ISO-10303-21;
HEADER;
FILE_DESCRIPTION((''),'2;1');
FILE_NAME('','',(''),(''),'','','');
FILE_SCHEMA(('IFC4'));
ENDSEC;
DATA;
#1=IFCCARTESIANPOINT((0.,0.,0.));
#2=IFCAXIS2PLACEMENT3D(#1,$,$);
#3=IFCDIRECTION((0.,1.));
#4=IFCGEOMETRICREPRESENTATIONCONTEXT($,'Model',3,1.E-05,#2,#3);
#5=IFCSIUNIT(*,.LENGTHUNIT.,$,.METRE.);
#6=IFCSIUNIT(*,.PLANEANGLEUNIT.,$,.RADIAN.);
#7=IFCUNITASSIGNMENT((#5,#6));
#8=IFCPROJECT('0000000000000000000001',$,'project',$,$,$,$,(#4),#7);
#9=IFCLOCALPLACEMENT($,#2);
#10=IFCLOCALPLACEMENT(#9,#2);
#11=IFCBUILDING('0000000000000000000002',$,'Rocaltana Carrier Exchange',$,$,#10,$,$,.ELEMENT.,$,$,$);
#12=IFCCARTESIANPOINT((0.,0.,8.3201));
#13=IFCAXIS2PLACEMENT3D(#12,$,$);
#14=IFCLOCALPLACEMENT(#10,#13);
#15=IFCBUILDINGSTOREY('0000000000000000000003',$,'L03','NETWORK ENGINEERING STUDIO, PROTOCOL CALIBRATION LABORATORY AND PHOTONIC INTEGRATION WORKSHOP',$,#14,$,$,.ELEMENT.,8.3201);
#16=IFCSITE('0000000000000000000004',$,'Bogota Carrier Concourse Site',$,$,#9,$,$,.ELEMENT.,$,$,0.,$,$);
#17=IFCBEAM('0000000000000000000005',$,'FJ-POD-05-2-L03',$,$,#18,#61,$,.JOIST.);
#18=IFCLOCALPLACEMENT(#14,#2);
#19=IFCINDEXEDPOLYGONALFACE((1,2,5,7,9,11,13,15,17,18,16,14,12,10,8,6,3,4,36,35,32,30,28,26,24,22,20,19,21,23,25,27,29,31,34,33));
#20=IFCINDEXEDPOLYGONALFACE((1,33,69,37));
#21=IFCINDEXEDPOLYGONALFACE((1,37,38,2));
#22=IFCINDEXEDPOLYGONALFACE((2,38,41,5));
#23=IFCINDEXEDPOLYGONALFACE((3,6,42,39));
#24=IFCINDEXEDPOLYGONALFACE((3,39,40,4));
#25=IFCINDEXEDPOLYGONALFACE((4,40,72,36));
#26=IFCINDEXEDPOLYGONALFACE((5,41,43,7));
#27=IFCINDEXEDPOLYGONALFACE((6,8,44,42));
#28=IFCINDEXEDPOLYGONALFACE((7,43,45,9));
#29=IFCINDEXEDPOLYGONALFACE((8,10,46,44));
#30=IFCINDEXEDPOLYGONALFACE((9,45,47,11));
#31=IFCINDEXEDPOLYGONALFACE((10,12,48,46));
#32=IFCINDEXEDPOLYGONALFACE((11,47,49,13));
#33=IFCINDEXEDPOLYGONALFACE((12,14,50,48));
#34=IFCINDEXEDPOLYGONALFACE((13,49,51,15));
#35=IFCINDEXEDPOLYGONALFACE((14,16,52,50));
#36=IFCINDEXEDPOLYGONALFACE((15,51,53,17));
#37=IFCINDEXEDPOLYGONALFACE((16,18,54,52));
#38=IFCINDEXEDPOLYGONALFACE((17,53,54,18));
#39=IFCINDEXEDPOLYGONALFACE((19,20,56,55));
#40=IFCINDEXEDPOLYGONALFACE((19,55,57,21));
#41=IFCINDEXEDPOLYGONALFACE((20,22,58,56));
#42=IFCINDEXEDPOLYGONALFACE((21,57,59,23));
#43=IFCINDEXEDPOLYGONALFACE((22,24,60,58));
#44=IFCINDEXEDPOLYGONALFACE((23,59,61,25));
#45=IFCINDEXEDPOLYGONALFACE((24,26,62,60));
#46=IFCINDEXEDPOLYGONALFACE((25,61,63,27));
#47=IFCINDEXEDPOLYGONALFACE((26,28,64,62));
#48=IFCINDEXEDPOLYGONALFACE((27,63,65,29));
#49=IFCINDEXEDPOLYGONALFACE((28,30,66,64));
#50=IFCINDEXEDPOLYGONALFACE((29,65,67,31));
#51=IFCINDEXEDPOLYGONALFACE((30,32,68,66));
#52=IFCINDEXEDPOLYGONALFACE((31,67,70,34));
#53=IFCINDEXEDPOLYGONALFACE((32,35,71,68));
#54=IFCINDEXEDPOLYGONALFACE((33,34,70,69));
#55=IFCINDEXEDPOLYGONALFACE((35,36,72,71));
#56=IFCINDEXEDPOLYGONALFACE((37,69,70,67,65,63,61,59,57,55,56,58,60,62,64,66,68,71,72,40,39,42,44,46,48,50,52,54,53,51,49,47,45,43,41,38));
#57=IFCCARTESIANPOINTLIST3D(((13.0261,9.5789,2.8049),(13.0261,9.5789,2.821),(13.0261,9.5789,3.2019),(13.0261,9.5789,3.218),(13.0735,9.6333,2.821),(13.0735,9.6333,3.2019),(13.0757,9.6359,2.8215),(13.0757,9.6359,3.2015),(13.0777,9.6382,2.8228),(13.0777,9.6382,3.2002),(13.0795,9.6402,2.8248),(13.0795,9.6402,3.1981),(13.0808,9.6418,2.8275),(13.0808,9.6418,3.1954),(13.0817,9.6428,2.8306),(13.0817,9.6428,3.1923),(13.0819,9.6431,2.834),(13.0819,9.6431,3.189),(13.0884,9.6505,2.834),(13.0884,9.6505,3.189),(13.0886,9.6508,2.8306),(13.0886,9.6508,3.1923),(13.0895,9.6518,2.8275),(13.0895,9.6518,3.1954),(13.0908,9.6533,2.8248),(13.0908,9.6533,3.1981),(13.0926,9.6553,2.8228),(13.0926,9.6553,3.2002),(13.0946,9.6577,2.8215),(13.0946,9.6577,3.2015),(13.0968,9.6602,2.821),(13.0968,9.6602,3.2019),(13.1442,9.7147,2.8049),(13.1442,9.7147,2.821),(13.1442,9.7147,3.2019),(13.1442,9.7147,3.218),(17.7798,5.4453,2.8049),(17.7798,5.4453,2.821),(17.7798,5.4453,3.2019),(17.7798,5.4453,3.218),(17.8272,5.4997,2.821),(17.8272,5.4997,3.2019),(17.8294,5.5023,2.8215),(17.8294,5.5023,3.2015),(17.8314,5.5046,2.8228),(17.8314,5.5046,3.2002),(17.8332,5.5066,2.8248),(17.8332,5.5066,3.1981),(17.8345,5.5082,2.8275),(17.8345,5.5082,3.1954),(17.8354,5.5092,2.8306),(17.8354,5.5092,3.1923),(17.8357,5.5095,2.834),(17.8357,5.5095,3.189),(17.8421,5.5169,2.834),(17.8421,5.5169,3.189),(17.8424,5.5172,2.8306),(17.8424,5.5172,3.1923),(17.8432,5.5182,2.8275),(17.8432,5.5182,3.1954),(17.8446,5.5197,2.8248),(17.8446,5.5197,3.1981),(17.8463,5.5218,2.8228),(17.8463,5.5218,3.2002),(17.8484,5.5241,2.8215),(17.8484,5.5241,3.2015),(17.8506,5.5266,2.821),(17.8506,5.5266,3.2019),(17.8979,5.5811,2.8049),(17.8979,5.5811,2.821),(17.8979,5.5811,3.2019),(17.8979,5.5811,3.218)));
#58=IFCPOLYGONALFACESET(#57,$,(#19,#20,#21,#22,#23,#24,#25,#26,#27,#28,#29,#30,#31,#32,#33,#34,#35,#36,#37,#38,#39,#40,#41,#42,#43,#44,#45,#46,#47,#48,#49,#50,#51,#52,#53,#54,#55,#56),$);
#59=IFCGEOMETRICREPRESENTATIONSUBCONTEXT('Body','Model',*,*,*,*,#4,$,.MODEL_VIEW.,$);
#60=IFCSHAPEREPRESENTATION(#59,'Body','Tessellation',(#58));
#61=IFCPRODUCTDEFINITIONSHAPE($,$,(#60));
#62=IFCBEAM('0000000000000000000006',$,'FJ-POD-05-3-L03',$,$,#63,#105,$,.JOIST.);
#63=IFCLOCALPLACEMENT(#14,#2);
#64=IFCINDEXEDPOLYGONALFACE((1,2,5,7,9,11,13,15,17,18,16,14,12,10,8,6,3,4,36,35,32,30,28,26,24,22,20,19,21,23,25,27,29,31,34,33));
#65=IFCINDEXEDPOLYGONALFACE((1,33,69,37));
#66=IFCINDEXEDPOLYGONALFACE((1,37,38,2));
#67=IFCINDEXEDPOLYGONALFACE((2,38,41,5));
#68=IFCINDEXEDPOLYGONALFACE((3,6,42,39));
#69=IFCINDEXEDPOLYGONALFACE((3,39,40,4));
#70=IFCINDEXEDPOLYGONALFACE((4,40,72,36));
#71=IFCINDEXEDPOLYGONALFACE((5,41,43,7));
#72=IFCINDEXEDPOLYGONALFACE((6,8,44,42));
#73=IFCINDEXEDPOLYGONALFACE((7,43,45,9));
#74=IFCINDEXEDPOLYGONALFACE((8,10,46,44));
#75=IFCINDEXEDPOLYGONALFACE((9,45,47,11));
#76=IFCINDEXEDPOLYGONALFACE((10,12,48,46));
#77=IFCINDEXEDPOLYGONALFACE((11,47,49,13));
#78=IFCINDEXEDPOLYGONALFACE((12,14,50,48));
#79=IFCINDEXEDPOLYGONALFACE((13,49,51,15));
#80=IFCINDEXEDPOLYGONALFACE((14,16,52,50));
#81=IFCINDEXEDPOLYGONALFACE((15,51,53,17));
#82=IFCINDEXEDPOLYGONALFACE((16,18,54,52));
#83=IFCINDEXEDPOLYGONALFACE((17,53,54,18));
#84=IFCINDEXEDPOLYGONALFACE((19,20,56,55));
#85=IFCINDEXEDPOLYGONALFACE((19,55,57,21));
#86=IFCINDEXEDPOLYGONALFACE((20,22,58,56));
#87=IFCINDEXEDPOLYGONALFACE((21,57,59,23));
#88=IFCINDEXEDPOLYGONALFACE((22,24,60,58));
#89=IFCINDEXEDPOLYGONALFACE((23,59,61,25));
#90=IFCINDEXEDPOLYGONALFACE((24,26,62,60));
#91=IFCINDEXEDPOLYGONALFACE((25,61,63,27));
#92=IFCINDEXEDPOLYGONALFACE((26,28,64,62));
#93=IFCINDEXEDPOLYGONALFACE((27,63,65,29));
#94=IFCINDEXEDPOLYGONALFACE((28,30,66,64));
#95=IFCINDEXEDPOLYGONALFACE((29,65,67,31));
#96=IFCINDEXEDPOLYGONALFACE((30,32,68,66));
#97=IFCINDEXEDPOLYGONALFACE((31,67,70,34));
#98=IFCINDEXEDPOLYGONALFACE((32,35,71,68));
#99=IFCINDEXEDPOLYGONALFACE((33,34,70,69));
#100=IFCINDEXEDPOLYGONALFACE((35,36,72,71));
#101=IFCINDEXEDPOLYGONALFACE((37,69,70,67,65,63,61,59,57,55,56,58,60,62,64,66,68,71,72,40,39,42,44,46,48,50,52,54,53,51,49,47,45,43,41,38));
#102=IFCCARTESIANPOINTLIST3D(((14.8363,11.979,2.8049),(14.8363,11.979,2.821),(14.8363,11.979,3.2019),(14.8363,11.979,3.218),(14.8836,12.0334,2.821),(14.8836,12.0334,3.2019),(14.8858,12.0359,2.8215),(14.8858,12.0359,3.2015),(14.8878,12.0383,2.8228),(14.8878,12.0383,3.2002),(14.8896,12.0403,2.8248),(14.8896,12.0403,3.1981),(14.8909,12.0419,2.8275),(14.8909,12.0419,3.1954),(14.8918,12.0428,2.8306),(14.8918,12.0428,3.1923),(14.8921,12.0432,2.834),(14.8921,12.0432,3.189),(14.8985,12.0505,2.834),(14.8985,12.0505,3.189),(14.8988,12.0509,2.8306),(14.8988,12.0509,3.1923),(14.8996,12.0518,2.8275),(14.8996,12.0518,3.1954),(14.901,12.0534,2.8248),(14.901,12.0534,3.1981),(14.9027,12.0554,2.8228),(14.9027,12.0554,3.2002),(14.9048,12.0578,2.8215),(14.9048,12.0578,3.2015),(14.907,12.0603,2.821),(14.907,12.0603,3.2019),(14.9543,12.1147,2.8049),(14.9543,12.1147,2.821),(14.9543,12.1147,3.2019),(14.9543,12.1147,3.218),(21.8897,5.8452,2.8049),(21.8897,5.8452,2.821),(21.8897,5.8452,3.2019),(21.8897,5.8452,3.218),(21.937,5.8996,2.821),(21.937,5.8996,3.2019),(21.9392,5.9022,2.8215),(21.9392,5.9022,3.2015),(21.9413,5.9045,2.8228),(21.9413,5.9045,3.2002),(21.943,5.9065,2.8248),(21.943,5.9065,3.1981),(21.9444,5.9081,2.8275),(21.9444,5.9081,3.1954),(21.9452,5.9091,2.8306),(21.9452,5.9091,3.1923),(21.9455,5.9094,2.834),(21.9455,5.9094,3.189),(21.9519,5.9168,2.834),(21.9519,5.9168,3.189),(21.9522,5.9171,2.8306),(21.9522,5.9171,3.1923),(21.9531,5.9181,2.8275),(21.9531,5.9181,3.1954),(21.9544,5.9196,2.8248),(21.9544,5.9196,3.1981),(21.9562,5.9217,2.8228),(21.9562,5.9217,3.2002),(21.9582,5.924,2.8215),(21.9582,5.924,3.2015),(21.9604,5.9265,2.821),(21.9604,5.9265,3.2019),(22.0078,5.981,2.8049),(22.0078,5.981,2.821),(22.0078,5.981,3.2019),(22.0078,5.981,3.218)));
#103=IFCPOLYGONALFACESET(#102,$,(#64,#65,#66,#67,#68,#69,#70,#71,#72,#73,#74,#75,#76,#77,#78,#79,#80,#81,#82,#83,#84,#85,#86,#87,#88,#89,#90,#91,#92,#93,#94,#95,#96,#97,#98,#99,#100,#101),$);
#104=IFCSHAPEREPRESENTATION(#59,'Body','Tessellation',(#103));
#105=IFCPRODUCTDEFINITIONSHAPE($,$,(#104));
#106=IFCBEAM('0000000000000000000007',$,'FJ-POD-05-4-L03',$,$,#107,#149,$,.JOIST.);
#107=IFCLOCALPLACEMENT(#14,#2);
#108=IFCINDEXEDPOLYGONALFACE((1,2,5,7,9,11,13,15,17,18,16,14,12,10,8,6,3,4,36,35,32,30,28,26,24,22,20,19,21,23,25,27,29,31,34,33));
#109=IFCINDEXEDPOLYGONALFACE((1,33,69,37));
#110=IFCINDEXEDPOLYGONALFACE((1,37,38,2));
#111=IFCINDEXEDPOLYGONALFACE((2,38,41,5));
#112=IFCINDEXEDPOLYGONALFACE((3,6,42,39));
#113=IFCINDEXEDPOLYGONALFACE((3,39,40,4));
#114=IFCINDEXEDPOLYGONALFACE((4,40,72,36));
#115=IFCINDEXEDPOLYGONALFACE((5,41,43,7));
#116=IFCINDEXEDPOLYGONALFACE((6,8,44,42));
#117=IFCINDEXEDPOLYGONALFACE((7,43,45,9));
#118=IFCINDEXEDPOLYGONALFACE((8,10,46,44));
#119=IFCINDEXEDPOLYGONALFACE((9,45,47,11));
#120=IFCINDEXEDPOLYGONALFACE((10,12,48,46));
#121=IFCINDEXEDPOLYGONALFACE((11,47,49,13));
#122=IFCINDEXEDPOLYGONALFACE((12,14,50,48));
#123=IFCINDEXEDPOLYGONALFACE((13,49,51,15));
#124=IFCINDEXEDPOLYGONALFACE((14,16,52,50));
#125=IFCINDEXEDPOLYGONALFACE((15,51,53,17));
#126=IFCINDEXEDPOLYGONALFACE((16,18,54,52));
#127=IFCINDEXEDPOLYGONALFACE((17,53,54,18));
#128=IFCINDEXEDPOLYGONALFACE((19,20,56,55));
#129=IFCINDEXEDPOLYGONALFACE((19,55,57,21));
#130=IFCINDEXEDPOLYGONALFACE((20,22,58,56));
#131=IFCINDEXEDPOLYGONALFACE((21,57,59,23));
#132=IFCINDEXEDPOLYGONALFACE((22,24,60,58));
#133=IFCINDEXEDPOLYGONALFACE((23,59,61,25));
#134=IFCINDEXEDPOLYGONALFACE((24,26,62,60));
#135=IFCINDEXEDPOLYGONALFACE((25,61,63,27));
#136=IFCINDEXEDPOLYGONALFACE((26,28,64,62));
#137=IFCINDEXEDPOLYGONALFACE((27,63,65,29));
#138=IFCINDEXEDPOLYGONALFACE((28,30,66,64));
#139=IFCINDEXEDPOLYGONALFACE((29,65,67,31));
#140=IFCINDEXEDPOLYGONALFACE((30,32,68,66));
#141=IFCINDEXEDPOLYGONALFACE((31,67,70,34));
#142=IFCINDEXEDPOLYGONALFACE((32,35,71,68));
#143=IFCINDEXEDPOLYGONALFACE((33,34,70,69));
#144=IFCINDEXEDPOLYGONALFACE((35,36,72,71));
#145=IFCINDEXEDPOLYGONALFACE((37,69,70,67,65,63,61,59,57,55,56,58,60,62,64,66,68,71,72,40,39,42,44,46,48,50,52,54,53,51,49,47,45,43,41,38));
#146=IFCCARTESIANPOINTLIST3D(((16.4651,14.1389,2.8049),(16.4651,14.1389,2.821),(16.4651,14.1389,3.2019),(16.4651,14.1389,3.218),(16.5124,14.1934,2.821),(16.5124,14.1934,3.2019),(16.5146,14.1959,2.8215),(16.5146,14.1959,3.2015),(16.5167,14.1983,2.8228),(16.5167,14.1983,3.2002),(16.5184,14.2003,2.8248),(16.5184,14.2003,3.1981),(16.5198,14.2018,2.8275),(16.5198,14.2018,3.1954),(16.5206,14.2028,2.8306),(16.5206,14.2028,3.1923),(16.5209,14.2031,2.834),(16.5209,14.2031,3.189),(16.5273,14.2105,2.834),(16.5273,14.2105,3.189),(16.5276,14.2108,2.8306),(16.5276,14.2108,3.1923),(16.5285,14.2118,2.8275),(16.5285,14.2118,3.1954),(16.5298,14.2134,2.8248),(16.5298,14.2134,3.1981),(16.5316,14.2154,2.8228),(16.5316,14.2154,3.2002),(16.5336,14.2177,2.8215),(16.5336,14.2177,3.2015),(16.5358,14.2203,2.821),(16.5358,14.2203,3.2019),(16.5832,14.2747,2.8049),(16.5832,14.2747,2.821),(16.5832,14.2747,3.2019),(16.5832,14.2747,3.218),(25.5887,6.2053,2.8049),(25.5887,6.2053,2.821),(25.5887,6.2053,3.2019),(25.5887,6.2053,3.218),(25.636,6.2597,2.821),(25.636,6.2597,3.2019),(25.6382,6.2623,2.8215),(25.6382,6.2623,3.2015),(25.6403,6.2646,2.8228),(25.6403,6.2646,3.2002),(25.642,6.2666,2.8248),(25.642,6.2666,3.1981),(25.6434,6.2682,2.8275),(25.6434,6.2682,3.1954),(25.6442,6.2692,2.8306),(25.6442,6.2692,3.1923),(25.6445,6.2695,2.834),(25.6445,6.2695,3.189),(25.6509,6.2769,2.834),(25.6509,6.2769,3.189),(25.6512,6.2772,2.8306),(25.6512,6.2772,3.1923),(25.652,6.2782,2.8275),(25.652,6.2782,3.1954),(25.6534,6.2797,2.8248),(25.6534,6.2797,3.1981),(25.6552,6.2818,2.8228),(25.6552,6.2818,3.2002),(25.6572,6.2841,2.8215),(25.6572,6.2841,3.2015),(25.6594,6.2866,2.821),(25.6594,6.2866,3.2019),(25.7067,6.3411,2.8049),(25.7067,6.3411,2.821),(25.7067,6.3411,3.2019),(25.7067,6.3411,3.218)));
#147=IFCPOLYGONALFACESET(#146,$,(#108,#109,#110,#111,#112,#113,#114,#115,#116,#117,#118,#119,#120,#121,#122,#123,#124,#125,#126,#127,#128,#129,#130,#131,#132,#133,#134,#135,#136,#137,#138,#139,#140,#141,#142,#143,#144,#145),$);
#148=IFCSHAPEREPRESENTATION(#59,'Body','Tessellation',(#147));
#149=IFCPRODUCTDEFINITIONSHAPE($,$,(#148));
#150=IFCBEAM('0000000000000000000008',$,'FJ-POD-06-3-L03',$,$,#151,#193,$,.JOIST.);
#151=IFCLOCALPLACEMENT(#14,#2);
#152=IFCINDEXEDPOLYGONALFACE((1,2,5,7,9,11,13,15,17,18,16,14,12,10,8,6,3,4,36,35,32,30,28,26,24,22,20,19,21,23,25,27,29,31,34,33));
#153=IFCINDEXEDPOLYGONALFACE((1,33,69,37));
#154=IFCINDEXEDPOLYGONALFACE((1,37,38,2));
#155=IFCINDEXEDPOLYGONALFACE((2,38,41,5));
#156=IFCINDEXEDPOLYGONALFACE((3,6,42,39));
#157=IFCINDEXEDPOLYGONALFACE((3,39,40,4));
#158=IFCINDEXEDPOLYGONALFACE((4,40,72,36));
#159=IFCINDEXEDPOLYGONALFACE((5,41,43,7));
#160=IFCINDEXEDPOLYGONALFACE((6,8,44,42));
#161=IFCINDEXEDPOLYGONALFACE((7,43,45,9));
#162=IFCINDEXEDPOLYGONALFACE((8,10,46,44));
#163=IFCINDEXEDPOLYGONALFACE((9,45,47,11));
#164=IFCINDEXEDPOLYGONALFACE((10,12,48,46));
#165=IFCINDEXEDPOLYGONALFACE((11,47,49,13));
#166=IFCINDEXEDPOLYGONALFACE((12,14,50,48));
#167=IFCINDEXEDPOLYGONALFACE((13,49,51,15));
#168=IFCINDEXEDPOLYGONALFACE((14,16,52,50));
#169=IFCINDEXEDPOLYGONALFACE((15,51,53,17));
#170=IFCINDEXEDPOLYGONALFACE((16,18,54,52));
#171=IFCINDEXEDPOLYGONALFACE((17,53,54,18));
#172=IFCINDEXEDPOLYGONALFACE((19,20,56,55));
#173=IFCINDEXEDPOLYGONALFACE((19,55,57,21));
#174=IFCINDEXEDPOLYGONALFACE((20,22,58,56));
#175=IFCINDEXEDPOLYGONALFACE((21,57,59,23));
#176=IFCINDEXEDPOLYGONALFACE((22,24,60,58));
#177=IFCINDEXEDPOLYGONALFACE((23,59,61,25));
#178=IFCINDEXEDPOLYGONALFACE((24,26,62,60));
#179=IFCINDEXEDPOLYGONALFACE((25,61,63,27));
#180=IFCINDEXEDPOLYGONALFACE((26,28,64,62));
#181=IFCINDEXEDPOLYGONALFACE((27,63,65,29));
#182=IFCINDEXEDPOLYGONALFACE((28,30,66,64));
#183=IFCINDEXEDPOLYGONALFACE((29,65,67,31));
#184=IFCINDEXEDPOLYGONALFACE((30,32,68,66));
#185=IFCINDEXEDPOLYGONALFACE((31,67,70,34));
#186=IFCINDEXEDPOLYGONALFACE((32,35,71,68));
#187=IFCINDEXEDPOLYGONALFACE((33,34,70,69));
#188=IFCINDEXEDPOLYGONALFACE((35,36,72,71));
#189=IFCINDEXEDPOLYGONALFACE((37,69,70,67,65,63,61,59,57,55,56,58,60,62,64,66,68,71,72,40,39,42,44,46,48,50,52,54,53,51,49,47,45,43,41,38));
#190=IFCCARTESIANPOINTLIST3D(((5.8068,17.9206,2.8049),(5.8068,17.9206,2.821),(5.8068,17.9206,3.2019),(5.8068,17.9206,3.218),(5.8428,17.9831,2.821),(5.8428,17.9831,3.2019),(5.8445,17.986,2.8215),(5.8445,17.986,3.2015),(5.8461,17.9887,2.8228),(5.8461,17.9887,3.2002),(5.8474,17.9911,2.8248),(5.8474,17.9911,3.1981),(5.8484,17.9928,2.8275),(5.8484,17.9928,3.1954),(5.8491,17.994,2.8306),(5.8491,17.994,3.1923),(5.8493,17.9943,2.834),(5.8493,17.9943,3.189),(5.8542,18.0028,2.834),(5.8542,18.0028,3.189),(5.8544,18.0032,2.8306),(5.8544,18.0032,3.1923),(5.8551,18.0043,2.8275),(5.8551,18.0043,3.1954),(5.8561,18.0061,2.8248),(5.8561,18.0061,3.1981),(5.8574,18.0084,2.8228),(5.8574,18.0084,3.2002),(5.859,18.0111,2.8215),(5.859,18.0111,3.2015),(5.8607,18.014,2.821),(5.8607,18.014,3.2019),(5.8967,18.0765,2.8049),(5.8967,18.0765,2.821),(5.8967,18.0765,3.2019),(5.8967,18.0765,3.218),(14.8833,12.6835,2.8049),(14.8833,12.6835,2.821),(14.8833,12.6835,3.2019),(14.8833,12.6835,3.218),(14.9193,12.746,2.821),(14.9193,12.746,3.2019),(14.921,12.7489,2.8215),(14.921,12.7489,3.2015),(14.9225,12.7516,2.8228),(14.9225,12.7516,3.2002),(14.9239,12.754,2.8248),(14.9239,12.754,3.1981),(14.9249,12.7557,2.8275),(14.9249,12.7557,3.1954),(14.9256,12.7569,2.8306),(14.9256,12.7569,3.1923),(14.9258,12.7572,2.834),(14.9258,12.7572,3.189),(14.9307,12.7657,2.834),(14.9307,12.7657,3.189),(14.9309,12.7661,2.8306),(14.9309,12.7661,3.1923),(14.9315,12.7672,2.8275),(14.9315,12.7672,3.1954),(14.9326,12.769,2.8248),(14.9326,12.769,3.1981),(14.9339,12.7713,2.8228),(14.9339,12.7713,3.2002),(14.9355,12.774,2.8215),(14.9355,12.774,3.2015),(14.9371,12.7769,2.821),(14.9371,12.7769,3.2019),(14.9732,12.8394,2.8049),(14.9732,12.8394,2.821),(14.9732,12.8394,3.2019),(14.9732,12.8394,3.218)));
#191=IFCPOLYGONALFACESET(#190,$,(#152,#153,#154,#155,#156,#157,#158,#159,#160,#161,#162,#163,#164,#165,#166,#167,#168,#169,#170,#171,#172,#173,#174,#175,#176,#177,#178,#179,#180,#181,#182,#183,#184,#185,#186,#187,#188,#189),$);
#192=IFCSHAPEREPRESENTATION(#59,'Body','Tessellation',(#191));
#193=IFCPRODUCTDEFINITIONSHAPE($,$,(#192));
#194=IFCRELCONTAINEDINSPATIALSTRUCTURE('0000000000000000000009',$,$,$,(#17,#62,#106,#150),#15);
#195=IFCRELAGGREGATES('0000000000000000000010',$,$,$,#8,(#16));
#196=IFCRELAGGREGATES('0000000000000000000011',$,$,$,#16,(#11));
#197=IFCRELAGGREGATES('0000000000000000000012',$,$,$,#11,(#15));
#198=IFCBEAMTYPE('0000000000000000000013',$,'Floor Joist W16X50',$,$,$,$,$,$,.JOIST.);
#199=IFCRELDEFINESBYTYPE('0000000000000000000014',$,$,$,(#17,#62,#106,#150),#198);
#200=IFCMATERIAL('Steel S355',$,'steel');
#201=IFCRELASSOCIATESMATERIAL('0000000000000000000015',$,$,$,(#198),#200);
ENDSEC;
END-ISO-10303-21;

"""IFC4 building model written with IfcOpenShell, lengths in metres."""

from ifc_helpers import new_model, si_unit, direction, frame, origin, origin_2d, place, context, subcontext, project, spatial, i_section, extrude, material, material_profile, profile_set, type_object, element, save


model = new_model("IFC4")

# Units and contexts
model_context = context("Model", 3, precision=1e-05, world=origin(), true_north=direction((0.0, 1.0)))
body_context = subcontext(model_context, "Body", "Model", "MODEL_VIEW")
ifc_project = project(units=[si_unit("LENGTHUNIT", "METRE"), si_unit("PLANEANGLEUNIT", "RADIAN")], contexts=[model_context])

# Site, building, storey
site_placement = place(None, origin())
site = spatial("IfcSite", under=ifc_project, at=site_placement, Name="Bogota Carrier Concourse Site", CompositionType="ELEMENT", RefElevation=0.0)
building_placement = place(site_placement, origin())
building = spatial("IfcBuilding", under=site, at=building_placement, Name="Rocaltana Carrier Exchange", CompositionType="ELEMENT")
storey_placement = place(building_placement, frame((0.0, 0.0, 8.3201)))
storey = spatial("IfcBuildingStorey", under=building, at=storey_placement, Name="L03", Description="NETWORK ENGINEERING STUDIO, PROTOCOL CALIBRATION LABORATORY AND PHOTONIC INTEGRATION WORKSHOP", CompositionType="ELEMENT", Elevation=8.3201)

# Beams
ifc_material_1 = material(Name="Steel S355", Category="steel")
ifc_material_profile_1 = material_profile(ifc_material_1, i_section(OverallWidth=0.1799, OverallDepth=0.4131, WebThickness=0.0098, FlangeThickness=0.0161, FilletRadius=0.0129, at=origin_2d()), Name="W16X50")
ifc_profile_set_1 = profile_set([ifc_material_profile_1], Name="Steel S355")
beam_type_1 = type_object("IfcBeamType", Name="Floor Joist W16X50", PredefinedType="JOIST", material=ifc_profile_set_1)
beam_1_placement = place(storey_placement, frame((17.8389, 5.5132, 3.0115), z_axis=(-0.754611, 0.656172, 0.0), x_axis=(-0.656172, -0.754611, 0.0)))
element("IfcBeam", 1, at=beam_1_placement, inside=storey, type_object=beam_type_1, Name="FJ-POD-05-2-L03", PredefinedType="JOIST", context=body_context, shape_type="SweptSolid", body=[
    extrude(i_section(OverallWidth=0.1799, OverallDepth=0.4131, WebThickness=0.0098, FlangeThickness=0.0161, FilletRadius=0.0129, at=origin_2d()), origin(), (0.0, 0.0, 1.0), 6.2996),
])
beam_2_placement = place(storey_placement, frame((21.9487, 5.9131, 3.0115), z_axis=(-0.754588, 0.656199, 0.0), x_axis=(-0.656199, -0.754588, 0.0)))
element("IfcBeam", 2, at=beam_2_placement, inside=storey, type_object=beam_type_1, Name="FJ-POD-05-3-L03", PredefinedType="JOIST", context=body_context, shape_type="SweptSolid", body=[
    extrude(i_section(OverallWidth=0.1799, OverallDepth=0.4131, WebThickness=0.0098, FlangeThickness=0.0161, FilletRadius=0.0129, at=origin_2d()), origin(), (0.0, 0.0, 1.0), 9.3474),
])
beam_3_placement = place(storey_placement, frame((25.6477, 6.2732, 3.0115), z_axis=(-0.754602, 0.656183, 0.0), x_axis=(-0.656183, -0.754602, 0.0)))
element("IfcBeam", 3, at=beam_3_placement, inside=storey, type_object=beam_type_1, Name="FJ-POD-05-4-L03", PredefinedType="JOIST", context=body_context, shape_type="SweptSolid", body=[
    extrude(i_section(OverallWidth=0.1799, OverallDepth=0.4131, WebThickness=0.0098, FlangeThickness=0.0161, FilletRadius=0.0129, at=origin_2d()), origin(), (0.0, 0.0, 1.0), 12.0906),
])
beam_4_placement = place(storey_placement, frame((14.9282, 12.7615, 3.0115), z_axis=(-0.866158, 0.49977, 0.0), x_axis=(-0.49977, -0.866158, 0.0)))
element("IfcBeam", 4, at=beam_4_placement, inside=storey, type_object=beam_type_1, Name="FJ-POD-06-3-L03", PredefinedType="JOIST", context=body_context, shape_type="SweptSolid", body=[
    extrude(i_section(OverallWidth=0.1799, OverallDepth=0.4131, WebThickness=0.0098, FlangeThickness=0.0161, FilletRadius=0.0129, at=origin_2d()), origin(), (0.0, 0.0, 1.0), 10.479),
])

save(model, "model.ifc")
